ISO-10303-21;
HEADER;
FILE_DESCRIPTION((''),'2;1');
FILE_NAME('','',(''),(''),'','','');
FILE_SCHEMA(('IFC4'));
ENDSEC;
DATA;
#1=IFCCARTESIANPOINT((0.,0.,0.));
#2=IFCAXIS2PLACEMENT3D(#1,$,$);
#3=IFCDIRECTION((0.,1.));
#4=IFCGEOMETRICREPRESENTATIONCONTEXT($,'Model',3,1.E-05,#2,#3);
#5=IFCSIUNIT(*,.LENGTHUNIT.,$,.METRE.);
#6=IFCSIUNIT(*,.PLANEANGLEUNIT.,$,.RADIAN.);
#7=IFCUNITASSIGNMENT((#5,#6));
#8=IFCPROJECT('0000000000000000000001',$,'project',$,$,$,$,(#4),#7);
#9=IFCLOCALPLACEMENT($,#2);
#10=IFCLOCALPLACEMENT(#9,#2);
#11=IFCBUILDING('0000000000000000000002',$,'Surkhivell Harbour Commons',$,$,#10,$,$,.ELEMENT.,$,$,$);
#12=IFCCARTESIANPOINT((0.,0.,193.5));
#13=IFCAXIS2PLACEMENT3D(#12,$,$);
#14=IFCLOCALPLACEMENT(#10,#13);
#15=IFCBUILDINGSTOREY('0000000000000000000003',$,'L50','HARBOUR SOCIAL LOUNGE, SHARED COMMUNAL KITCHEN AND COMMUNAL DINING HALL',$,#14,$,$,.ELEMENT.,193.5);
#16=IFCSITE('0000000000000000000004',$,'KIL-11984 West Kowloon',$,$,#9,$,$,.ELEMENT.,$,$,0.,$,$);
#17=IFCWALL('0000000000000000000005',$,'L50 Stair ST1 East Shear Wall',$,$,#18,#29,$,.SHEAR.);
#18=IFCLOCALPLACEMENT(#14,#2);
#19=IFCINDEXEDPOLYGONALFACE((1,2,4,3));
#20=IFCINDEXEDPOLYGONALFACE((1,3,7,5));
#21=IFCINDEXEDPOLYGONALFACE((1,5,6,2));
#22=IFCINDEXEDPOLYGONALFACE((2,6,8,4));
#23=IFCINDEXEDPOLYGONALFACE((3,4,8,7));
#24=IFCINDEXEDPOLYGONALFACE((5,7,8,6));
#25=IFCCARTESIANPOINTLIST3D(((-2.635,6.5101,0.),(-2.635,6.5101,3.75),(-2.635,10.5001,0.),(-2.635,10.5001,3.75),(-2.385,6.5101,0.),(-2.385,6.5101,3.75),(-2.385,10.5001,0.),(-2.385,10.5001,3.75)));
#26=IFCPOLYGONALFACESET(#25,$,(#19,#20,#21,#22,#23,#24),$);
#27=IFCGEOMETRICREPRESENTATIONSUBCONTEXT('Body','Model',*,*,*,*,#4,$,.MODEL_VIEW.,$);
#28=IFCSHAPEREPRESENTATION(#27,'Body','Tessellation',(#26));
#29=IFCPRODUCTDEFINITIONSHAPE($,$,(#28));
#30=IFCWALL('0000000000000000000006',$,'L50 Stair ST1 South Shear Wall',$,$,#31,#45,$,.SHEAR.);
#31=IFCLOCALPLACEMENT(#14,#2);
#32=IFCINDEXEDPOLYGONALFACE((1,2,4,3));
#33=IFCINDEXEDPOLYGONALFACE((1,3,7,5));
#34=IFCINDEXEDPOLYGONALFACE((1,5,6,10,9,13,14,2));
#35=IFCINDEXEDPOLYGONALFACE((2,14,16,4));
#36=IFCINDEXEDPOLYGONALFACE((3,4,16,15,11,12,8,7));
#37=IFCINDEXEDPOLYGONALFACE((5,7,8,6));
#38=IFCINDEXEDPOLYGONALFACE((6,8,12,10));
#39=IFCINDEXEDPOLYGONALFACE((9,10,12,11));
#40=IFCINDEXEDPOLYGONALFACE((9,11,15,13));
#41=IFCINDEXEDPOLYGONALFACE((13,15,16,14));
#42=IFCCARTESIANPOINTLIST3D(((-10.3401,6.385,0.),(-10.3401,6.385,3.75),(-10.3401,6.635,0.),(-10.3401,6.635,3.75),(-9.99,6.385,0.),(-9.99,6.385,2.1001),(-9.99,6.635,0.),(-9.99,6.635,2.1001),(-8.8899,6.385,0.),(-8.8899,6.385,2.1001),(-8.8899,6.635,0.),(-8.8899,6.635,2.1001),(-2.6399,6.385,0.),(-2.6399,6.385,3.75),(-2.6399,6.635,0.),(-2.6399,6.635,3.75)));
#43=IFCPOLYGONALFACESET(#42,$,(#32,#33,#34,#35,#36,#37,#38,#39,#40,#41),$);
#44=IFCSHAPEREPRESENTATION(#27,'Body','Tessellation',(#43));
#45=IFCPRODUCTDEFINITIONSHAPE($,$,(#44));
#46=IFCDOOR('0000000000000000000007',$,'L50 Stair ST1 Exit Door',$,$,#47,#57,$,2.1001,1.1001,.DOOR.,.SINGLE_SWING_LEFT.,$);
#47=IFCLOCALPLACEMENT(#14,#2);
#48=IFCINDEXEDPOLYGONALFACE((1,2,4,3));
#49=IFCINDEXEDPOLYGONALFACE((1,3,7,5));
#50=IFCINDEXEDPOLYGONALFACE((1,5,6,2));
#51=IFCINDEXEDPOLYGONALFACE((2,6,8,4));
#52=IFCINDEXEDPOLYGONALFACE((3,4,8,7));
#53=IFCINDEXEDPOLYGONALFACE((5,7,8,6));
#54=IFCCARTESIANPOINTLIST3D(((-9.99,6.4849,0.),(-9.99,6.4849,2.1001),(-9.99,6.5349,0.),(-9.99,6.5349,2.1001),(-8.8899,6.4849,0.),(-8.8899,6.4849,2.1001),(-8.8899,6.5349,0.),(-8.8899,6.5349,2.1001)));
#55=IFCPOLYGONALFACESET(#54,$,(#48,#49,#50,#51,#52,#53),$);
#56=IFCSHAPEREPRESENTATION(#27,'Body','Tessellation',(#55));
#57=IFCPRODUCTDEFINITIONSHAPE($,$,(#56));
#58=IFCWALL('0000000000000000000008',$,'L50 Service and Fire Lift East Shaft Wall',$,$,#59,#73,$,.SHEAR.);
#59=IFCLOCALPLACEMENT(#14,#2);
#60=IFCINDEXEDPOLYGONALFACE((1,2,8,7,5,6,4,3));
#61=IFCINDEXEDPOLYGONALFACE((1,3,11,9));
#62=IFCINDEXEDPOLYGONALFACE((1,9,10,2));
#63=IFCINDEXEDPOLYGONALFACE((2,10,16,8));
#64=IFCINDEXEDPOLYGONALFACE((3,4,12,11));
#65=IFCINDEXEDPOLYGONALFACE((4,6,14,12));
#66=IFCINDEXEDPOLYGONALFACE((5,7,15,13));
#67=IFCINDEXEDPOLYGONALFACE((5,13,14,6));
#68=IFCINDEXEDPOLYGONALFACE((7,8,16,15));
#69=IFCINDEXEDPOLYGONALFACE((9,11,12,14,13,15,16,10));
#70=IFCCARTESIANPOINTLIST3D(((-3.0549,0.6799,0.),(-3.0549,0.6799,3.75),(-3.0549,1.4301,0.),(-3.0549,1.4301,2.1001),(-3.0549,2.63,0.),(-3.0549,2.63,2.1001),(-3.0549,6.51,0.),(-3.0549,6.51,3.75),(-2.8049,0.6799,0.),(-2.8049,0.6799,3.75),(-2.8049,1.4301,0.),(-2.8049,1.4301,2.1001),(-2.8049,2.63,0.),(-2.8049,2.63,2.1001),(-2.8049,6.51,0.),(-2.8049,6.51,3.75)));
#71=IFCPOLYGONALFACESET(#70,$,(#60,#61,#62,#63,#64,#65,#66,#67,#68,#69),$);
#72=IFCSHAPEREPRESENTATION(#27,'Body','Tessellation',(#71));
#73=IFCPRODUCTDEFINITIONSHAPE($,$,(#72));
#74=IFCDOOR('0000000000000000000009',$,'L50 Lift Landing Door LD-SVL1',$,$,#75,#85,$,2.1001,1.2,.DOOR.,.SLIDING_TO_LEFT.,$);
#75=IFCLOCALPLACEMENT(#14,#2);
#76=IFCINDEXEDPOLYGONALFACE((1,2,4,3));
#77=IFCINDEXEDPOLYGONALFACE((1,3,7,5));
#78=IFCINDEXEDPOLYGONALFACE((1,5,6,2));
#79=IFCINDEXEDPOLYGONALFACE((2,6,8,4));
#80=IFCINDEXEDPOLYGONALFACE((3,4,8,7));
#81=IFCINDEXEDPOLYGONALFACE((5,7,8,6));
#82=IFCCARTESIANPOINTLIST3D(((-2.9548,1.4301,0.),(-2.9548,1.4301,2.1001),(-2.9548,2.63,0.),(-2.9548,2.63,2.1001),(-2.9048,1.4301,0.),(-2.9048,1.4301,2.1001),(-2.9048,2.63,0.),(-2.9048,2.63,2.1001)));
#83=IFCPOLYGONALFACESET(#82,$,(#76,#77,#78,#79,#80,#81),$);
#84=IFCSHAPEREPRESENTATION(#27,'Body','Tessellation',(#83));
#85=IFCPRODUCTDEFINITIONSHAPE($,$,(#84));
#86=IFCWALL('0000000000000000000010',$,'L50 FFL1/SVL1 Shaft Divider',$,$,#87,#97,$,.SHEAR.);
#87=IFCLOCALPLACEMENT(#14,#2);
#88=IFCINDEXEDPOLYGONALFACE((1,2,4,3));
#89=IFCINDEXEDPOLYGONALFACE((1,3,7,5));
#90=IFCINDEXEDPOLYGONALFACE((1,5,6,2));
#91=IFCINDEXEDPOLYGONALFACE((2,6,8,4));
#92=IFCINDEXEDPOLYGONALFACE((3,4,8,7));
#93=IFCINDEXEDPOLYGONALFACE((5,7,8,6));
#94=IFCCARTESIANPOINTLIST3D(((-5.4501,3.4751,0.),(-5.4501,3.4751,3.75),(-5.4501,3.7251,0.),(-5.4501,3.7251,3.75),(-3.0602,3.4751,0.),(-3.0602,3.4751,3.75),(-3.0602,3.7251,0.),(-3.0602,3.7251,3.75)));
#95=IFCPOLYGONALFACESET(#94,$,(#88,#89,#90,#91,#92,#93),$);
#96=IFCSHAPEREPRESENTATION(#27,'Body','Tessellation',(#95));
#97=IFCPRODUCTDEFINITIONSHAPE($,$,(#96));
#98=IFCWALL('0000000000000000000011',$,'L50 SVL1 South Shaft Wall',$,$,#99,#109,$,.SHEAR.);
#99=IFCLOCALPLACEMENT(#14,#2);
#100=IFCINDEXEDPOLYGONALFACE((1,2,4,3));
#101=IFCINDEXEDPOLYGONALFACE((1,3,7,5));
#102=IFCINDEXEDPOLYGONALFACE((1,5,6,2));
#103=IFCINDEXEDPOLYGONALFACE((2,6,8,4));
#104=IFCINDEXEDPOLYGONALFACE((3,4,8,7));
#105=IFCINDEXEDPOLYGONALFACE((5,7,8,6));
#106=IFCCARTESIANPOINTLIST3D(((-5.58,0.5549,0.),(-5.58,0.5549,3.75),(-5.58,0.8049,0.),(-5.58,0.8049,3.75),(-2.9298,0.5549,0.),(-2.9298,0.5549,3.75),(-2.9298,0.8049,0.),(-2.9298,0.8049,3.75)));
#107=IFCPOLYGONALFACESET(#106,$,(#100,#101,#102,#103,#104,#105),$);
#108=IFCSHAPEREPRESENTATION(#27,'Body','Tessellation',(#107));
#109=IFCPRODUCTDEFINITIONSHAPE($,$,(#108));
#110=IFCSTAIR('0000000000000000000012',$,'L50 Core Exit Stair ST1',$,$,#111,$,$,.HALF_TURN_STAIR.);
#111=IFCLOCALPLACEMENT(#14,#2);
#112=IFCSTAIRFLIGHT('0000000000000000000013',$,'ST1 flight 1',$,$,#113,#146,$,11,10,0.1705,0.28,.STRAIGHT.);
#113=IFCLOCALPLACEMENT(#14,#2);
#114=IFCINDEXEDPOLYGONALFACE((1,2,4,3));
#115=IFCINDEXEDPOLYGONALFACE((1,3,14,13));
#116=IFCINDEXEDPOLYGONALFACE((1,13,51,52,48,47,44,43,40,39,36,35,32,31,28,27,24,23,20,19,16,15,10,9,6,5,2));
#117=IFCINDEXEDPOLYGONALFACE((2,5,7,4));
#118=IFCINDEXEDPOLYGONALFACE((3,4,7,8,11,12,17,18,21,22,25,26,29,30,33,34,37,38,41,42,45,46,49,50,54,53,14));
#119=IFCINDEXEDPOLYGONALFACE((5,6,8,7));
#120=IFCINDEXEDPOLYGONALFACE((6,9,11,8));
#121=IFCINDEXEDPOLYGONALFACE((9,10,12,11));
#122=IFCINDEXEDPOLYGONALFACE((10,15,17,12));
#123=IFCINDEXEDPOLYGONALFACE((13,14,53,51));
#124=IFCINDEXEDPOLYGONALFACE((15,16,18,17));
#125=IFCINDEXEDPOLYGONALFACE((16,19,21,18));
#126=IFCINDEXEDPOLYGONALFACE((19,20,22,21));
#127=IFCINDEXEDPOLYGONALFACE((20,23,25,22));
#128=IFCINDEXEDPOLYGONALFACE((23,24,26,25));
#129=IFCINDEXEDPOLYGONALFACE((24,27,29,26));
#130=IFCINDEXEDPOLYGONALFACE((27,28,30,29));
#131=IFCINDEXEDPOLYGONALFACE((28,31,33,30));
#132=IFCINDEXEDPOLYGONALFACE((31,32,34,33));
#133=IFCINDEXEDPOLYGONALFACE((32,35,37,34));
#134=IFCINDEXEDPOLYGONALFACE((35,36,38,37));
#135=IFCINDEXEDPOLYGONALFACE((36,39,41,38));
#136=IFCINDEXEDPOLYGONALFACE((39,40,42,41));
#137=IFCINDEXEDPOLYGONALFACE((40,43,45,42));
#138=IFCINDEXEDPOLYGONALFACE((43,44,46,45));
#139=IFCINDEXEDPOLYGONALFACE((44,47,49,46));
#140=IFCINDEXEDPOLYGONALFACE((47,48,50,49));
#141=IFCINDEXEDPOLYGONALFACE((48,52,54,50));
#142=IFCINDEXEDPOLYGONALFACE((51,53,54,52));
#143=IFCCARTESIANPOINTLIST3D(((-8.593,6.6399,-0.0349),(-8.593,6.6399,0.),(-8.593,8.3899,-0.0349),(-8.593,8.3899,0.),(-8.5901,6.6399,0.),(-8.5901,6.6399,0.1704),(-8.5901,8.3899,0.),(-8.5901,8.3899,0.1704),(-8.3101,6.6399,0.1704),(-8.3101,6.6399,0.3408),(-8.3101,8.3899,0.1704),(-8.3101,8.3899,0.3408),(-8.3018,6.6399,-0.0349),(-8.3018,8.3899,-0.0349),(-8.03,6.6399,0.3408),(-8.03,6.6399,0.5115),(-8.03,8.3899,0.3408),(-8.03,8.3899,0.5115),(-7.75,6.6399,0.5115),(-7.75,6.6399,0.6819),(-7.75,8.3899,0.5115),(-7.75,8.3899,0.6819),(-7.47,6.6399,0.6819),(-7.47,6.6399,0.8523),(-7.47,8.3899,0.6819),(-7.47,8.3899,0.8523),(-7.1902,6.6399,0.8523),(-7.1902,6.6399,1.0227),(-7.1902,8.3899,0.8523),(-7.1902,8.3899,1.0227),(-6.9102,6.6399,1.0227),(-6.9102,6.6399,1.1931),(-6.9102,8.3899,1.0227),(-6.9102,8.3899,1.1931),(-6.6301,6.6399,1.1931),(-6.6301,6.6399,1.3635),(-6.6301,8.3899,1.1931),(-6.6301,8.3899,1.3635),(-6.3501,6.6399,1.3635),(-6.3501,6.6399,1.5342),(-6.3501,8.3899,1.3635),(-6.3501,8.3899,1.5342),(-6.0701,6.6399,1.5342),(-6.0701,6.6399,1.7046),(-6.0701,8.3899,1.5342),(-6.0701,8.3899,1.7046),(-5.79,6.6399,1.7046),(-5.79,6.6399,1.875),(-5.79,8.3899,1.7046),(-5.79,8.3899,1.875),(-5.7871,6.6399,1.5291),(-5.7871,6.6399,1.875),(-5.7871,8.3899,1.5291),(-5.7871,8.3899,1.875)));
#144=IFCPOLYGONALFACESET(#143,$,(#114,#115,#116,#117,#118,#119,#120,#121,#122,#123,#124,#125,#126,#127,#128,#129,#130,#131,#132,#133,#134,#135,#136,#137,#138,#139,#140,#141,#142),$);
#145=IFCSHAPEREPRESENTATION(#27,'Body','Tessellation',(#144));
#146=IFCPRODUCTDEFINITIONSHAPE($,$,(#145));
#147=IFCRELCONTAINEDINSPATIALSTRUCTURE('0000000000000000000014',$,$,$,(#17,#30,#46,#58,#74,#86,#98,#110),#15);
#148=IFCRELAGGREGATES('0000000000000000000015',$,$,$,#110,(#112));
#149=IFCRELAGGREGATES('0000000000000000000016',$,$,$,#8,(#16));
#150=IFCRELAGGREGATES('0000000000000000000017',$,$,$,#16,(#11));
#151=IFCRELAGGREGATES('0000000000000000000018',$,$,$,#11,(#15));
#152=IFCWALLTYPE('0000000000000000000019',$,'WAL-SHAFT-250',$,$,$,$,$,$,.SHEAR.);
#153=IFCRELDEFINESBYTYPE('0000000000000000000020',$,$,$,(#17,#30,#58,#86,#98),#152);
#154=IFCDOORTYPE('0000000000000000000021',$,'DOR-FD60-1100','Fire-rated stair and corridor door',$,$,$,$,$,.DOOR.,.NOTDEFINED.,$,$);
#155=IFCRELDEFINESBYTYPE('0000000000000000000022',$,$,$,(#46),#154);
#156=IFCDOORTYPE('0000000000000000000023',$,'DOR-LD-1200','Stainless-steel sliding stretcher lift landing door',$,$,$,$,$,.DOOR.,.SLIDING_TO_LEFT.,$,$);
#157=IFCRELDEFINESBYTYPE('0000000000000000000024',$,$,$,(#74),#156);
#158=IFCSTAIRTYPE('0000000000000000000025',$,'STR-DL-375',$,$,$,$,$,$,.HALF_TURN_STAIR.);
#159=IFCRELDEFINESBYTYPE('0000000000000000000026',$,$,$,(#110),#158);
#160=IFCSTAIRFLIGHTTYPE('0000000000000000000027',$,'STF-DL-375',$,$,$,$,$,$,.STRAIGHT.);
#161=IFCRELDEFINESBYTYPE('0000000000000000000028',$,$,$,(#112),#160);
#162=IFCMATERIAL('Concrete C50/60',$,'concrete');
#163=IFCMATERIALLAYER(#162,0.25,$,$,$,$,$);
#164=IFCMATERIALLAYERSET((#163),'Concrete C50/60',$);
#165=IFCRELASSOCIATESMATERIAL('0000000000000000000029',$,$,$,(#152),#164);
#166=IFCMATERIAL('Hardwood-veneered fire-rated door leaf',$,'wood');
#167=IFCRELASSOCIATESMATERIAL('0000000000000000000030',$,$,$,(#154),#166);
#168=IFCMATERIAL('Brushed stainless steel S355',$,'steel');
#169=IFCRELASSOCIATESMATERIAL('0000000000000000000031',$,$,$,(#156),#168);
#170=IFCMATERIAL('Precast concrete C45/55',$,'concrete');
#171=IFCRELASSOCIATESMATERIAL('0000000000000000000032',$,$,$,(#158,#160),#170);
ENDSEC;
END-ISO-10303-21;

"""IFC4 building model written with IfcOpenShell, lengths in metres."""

from ifc_helpers import new_model, si_unit, direction, frame, frame_2d, origin, place, context, subcontext, project, spatial, polyline, rectangle, outline, extrude, material, layer, layer_set, type_object, element, fill, aggregate, save


model = new_model("IFC4")

# Units and contexts
model_context = context("Model", 3, precision=1e-05, world=origin(), true_north=direction((0.0, 1.0)))
body_context = subcontext(model_context, "Body", "Model", "MODEL_VIEW")
ifc_project = project(units=[si_unit("LENGTHUNIT", "METRE"), si_unit("PLANEANGLEUNIT", "RADIAN")], contexts=[model_context])

# Site, building, storey
site_placement = place(None, origin())
site = spatial("IfcSite", under=ifc_project, at=site_placement, Name="KIL-11984 West Kowloon", CompositionType="ELEMENT", RefElevation=0.0)
building_placement = place(site_placement, origin())
building = spatial("IfcBuilding", under=site, at=building_placement, Name="Surkhivell Harbour Commons", CompositionType="ELEMENT")
storey_placement = place(building_placement, frame((0.0, 0.0, 193.5)))
storey = spatial("IfcBuildingStorey", under=building, at=storey_placement, Name="L50", Description="HARBOUR SOCIAL LOUNGE, SHARED COMMUNAL KITCHEN AND COMMUNAL DINING HALL", CompositionType="ELEMENT", Elevation=193.5)

# Shared definitions
ifc_material_1 = material(Name="Concrete C50/60", Category="concrete")
ifc_layer_1 = layer(ifc_material_1, 0.25)
ifc_layer_set_1 = layer_set([ifc_layer_1], Name="Concrete C50/60")
wall_type_1 = type_object("IfcWallType", Name="WAL-SHAFT-250", PredefinedType="SHEAR", material=ifc_layer_set_1)
ifc_material_2 = material(Name="Brushed stainless steel S355", Category="steel")
ifc_material_3 = material(Name="Hardwood-veneered fire-rated door leaf", Category="wood")

# Wall
wall_1_placement = place(storey_placement, frame((-2.51, 6.51, 0.0), z_axis=(0.0, 0.0, 1.0), x_axis=(0.0, 1.0, 0.0)))
element("IfcWall", 1, at=wall_1_placement, inside=storey, type_object=wall_type_1, Name="L50 Stair ST1 East Shear Wall", PredefinedType="SHEAR", context=body_context, shape_type="SweptSolid", body=[
    extrude(rectangle(XDim=3.99, YDim=0.25, at=frame_2d((1.9951, 0.0))), origin(), (0.0, 0.0, 1.0), 3.75),
])

# Walls, openings, doors
wall_2_placement = place(storey_placement, frame((-10.3401, 6.51, 0.0), z_axis=(0.0, 0.0, 1.0), x_axis=(1.0, 0.0, 0.0)))
wall_2 = element("IfcWall", 2, at=wall_2_placement, inside=storey, type_object=wall_type_1, Name="L50 Stair ST1 South Shear Wall", PredefinedType="SHEAR", context=body_context, shape_type="SweptSolid", body=[
    extrude(rectangle(XDim=7.7002, YDim=0.25, at=frame_2d((3.8501, 0.0))), origin(), (0.0, 0.0, 1.0), 3.75),
])
opening_1_placement = place(wall_2_placement, frame((0.3501, 0.0, 0.0)))
opening_1 = element("IfcOpeningElement", 3, at=opening_1_placement, cuts=wall_2, PredefinedType="OPENING", context=body_context, shape_type="SweptSolid", body=[
    extrude(rectangle(XDim=1.1001, YDim=2.1001, at=frame_2d((0.55, 1.05))), frame((0.0, 0.135, 0.0), z_axis=(0.0, -1.0, 0.0), x_axis=(1.0, 0.0, 0.0)), (0.0, 0.0, 1.0), 0.27),
])
door_type_1 = type_object("IfcDoorType", Name="DOR-FD60-1100", Description="Fire-rated stair and corridor door", OperationType="NOTDEFINED", PredefinedType="DOOR", material=ifc_material_3)
door_1_placement = place(opening_1_placement, origin())
door_1 = element("IfcDoor", 4, at=door_1_placement, inside=storey, type_object=door_type_1, Name="L50 Stair ST1 Exit Door", OperationType="SINGLE_SWING_LEFT", OverallHeight=2.1001, OverallWidth=1.1001, PredefinedType="DOOR", context=body_context, shape_type="SweptSolid", body=[
    extrude(rectangle(XDim=1.1001, YDim=2.1001, at=frame_2d((0.55, 1.05))), frame((0.0, 0.0249, 0.0), z_axis=(0.0, -1.0, 0.0), x_axis=(1.0, 0.0, 0.0)), (0.0, 0.0, 1.0), 0.05),
])
fill(opening_1, door_1)
wall_3_placement = place(storey_placement, frame((-2.9299, 0.6799, 0.0), z_axis=(0.0, 0.0, 1.0), x_axis=(0.0, 1.0, 0.0)))
wall_3 = element("IfcWall", 5, at=wall_3_placement, inside=storey, type_object=wall_type_1, Name="L50 Service and Fire Lift East Shaft Wall", PredefinedType="SHEAR", context=body_context, shape_type="SweptSolid", body=[
    extrude(rectangle(XDim=5.8301, YDim=0.25, at=frame_2d((2.915, 0.0))), origin(), (0.0, 0.0, 1.0), 3.75),
])
opening_2_placement = place(wall_3_placement, frame((0.75, 0.0, 0.0)))
opening_2 = element("IfcOpeningElement", 6, at=opening_2_placement, cuts=wall_3, PredefinedType="OPENING", context=body_context, shape_type="SweptSolid", body=[
    extrude(rectangle(XDim=1.2, YDim=2.1001, at=frame_2d((0.6001, 1.05))), frame((0.0, 0.135, 0.0), z_axis=(0.0, -1.0, 0.0), x_axis=(1.0, 0.0, 0.0)), (0.0, 0.0, 1.0), 0.27),
])
door_type_2 = type_object("IfcDoorType", Name="DOR-LD-1200", Description="Stainless-steel sliding stretcher lift landing door", OperationType="SLIDING_TO_LEFT", PredefinedType="DOOR", material=ifc_material_2)
door_2_placement = place(opening_2_placement, origin())
door_2 = element("IfcDoor", 7, at=door_2_placement, inside=storey, type_object=door_type_2, Name="L50 Lift Landing Door LD-SVL1", OperationType="SLIDING_TO_LEFT", OverallHeight=2.1001, OverallWidth=1.2, PredefinedType="DOOR", context=body_context, shape_type="SweptSolid", body=[
    extrude(rectangle(XDim=1.2, YDim=2.1001, at=frame_2d((0.6001, 1.05))), frame((0.0, 0.0249, 0.0), z_axis=(0.0, -1.0, 0.0), x_axis=(1.0, 0.0, 0.0)), (0.0, 0.0, 1.0), 0.05),
])
fill(opening_2, door_2)

# Walls
wall_4_placement = place(storey_placement, frame((-5.45, 3.6001, 0.0), z_axis=(0.0, 0.0, 1.0), x_axis=(1.0, 0.0, 0.0)))
element("IfcWall", 8, at=wall_4_placement, inside=storey, type_object=wall_type_1, Name="L50 FFL1/SVL1 Shaft Divider", PredefinedType="SHEAR", context=body_context, shape_type="SweptSolid", body=[
    extrude(rectangle(XDim=2.3899, YDim=0.25, at=frame_2d((1.1948, 0.0))), origin(), (0.0, 0.0, 1.0), 3.75),
])
wall_5_placement = place(storey_placement, frame((-5.5801, 0.6799, 0.0), z_axis=(0.0, 0.0, 1.0), x_axis=(1.0, 0.0, 0.0)))
element("IfcWall", 9, at=wall_5_placement, inside=storey, type_object=wall_type_1, Name="L50 SVL1 South Shaft Wall", PredefinedType="SHEAR", context=body_context, shape_type="SweptSolid", body=[
    extrude(rectangle(XDim=2.6501, YDim=0.25, at=frame_2d((1.3252, 0.0))), origin(), (0.0, 0.0, 1.0), 3.75),
])

# Stair, stair flight
ifc_material_4 = material(Name="Precast concrete C45/55", Category="concrete")
stair_type = type_object("IfcStairType", Name="STR-DL-375", PredefinedType="HALF_TURN_STAIR", material=ifc_material_4)
stair_placement = place(storey_placement, origin())
stair = element("IfcStair", 10, at=stair_placement, inside=storey, type_object=stair_type, Name="L50 Core Exit Stair ST1", PredefinedType="HALF_TURN_STAIR")
stair_flight_type = type_object("IfcStairFlightType", Name="STF-DL-375", PredefinedType="STRAIGHT", material=ifc_material_4)
stair_flight_1_placement = place(storey_placement, frame((-8.5901, 7.5149, 0.0), z_axis=(0.0, 0.0, 1.0), x_axis=(1.0, 0.0, 0.0)))
stair_flight_1 = element("IfcStairFlight", 11, at=stair_flight_1_placement, type_object=stair_flight_type, Name="ST1 flight 1", NumberOfRisers=11, NumberOfTreads=10, PredefinedType="STRAIGHT", RiserHeight=0.1705, TreadLength=0.28, context=body_context, shape_type="SweptSolid", body=[
    extrude(outline(polyline([(-0.0029, -0.0349), (-0.0029, 0.0), (0.0, 0.0), (0.0, 0.1704), (0.28, 0.1704), (0.28, 0.3408), (0.5601, 0.3408), (0.5601, 0.5115), (0.8401, 0.5115), (0.8401, 0.6819), (1.1201, 0.6819), (1.1201, 0.8523), (1.3999, 0.8523), (1.3999, 1.0227), (1.6799, 1.0227), (1.6799, 1.1931), (1.96, 1.1931), (1.96, 1.3635), (2.24, 1.3635), (2.24, 1.5342), (2.52, 1.5342), (2.52, 1.7046), (2.8, 1.7046), (2.8, 1.875), (2.803, 1.875), (2.803, 1.5291), (0.2883, -0.0349), (-0.0029, -0.0349)])), frame((0.0, 0.875, 0.0), z_axis=(0.0, -1.0, 0.0), x_axis=(1.0, 0.0, 0.0)), (0.0, 0.0, 1.0), 1.75),
])
aggregate(stair, [stair_flight_1])

save(model, "model.ifc")
